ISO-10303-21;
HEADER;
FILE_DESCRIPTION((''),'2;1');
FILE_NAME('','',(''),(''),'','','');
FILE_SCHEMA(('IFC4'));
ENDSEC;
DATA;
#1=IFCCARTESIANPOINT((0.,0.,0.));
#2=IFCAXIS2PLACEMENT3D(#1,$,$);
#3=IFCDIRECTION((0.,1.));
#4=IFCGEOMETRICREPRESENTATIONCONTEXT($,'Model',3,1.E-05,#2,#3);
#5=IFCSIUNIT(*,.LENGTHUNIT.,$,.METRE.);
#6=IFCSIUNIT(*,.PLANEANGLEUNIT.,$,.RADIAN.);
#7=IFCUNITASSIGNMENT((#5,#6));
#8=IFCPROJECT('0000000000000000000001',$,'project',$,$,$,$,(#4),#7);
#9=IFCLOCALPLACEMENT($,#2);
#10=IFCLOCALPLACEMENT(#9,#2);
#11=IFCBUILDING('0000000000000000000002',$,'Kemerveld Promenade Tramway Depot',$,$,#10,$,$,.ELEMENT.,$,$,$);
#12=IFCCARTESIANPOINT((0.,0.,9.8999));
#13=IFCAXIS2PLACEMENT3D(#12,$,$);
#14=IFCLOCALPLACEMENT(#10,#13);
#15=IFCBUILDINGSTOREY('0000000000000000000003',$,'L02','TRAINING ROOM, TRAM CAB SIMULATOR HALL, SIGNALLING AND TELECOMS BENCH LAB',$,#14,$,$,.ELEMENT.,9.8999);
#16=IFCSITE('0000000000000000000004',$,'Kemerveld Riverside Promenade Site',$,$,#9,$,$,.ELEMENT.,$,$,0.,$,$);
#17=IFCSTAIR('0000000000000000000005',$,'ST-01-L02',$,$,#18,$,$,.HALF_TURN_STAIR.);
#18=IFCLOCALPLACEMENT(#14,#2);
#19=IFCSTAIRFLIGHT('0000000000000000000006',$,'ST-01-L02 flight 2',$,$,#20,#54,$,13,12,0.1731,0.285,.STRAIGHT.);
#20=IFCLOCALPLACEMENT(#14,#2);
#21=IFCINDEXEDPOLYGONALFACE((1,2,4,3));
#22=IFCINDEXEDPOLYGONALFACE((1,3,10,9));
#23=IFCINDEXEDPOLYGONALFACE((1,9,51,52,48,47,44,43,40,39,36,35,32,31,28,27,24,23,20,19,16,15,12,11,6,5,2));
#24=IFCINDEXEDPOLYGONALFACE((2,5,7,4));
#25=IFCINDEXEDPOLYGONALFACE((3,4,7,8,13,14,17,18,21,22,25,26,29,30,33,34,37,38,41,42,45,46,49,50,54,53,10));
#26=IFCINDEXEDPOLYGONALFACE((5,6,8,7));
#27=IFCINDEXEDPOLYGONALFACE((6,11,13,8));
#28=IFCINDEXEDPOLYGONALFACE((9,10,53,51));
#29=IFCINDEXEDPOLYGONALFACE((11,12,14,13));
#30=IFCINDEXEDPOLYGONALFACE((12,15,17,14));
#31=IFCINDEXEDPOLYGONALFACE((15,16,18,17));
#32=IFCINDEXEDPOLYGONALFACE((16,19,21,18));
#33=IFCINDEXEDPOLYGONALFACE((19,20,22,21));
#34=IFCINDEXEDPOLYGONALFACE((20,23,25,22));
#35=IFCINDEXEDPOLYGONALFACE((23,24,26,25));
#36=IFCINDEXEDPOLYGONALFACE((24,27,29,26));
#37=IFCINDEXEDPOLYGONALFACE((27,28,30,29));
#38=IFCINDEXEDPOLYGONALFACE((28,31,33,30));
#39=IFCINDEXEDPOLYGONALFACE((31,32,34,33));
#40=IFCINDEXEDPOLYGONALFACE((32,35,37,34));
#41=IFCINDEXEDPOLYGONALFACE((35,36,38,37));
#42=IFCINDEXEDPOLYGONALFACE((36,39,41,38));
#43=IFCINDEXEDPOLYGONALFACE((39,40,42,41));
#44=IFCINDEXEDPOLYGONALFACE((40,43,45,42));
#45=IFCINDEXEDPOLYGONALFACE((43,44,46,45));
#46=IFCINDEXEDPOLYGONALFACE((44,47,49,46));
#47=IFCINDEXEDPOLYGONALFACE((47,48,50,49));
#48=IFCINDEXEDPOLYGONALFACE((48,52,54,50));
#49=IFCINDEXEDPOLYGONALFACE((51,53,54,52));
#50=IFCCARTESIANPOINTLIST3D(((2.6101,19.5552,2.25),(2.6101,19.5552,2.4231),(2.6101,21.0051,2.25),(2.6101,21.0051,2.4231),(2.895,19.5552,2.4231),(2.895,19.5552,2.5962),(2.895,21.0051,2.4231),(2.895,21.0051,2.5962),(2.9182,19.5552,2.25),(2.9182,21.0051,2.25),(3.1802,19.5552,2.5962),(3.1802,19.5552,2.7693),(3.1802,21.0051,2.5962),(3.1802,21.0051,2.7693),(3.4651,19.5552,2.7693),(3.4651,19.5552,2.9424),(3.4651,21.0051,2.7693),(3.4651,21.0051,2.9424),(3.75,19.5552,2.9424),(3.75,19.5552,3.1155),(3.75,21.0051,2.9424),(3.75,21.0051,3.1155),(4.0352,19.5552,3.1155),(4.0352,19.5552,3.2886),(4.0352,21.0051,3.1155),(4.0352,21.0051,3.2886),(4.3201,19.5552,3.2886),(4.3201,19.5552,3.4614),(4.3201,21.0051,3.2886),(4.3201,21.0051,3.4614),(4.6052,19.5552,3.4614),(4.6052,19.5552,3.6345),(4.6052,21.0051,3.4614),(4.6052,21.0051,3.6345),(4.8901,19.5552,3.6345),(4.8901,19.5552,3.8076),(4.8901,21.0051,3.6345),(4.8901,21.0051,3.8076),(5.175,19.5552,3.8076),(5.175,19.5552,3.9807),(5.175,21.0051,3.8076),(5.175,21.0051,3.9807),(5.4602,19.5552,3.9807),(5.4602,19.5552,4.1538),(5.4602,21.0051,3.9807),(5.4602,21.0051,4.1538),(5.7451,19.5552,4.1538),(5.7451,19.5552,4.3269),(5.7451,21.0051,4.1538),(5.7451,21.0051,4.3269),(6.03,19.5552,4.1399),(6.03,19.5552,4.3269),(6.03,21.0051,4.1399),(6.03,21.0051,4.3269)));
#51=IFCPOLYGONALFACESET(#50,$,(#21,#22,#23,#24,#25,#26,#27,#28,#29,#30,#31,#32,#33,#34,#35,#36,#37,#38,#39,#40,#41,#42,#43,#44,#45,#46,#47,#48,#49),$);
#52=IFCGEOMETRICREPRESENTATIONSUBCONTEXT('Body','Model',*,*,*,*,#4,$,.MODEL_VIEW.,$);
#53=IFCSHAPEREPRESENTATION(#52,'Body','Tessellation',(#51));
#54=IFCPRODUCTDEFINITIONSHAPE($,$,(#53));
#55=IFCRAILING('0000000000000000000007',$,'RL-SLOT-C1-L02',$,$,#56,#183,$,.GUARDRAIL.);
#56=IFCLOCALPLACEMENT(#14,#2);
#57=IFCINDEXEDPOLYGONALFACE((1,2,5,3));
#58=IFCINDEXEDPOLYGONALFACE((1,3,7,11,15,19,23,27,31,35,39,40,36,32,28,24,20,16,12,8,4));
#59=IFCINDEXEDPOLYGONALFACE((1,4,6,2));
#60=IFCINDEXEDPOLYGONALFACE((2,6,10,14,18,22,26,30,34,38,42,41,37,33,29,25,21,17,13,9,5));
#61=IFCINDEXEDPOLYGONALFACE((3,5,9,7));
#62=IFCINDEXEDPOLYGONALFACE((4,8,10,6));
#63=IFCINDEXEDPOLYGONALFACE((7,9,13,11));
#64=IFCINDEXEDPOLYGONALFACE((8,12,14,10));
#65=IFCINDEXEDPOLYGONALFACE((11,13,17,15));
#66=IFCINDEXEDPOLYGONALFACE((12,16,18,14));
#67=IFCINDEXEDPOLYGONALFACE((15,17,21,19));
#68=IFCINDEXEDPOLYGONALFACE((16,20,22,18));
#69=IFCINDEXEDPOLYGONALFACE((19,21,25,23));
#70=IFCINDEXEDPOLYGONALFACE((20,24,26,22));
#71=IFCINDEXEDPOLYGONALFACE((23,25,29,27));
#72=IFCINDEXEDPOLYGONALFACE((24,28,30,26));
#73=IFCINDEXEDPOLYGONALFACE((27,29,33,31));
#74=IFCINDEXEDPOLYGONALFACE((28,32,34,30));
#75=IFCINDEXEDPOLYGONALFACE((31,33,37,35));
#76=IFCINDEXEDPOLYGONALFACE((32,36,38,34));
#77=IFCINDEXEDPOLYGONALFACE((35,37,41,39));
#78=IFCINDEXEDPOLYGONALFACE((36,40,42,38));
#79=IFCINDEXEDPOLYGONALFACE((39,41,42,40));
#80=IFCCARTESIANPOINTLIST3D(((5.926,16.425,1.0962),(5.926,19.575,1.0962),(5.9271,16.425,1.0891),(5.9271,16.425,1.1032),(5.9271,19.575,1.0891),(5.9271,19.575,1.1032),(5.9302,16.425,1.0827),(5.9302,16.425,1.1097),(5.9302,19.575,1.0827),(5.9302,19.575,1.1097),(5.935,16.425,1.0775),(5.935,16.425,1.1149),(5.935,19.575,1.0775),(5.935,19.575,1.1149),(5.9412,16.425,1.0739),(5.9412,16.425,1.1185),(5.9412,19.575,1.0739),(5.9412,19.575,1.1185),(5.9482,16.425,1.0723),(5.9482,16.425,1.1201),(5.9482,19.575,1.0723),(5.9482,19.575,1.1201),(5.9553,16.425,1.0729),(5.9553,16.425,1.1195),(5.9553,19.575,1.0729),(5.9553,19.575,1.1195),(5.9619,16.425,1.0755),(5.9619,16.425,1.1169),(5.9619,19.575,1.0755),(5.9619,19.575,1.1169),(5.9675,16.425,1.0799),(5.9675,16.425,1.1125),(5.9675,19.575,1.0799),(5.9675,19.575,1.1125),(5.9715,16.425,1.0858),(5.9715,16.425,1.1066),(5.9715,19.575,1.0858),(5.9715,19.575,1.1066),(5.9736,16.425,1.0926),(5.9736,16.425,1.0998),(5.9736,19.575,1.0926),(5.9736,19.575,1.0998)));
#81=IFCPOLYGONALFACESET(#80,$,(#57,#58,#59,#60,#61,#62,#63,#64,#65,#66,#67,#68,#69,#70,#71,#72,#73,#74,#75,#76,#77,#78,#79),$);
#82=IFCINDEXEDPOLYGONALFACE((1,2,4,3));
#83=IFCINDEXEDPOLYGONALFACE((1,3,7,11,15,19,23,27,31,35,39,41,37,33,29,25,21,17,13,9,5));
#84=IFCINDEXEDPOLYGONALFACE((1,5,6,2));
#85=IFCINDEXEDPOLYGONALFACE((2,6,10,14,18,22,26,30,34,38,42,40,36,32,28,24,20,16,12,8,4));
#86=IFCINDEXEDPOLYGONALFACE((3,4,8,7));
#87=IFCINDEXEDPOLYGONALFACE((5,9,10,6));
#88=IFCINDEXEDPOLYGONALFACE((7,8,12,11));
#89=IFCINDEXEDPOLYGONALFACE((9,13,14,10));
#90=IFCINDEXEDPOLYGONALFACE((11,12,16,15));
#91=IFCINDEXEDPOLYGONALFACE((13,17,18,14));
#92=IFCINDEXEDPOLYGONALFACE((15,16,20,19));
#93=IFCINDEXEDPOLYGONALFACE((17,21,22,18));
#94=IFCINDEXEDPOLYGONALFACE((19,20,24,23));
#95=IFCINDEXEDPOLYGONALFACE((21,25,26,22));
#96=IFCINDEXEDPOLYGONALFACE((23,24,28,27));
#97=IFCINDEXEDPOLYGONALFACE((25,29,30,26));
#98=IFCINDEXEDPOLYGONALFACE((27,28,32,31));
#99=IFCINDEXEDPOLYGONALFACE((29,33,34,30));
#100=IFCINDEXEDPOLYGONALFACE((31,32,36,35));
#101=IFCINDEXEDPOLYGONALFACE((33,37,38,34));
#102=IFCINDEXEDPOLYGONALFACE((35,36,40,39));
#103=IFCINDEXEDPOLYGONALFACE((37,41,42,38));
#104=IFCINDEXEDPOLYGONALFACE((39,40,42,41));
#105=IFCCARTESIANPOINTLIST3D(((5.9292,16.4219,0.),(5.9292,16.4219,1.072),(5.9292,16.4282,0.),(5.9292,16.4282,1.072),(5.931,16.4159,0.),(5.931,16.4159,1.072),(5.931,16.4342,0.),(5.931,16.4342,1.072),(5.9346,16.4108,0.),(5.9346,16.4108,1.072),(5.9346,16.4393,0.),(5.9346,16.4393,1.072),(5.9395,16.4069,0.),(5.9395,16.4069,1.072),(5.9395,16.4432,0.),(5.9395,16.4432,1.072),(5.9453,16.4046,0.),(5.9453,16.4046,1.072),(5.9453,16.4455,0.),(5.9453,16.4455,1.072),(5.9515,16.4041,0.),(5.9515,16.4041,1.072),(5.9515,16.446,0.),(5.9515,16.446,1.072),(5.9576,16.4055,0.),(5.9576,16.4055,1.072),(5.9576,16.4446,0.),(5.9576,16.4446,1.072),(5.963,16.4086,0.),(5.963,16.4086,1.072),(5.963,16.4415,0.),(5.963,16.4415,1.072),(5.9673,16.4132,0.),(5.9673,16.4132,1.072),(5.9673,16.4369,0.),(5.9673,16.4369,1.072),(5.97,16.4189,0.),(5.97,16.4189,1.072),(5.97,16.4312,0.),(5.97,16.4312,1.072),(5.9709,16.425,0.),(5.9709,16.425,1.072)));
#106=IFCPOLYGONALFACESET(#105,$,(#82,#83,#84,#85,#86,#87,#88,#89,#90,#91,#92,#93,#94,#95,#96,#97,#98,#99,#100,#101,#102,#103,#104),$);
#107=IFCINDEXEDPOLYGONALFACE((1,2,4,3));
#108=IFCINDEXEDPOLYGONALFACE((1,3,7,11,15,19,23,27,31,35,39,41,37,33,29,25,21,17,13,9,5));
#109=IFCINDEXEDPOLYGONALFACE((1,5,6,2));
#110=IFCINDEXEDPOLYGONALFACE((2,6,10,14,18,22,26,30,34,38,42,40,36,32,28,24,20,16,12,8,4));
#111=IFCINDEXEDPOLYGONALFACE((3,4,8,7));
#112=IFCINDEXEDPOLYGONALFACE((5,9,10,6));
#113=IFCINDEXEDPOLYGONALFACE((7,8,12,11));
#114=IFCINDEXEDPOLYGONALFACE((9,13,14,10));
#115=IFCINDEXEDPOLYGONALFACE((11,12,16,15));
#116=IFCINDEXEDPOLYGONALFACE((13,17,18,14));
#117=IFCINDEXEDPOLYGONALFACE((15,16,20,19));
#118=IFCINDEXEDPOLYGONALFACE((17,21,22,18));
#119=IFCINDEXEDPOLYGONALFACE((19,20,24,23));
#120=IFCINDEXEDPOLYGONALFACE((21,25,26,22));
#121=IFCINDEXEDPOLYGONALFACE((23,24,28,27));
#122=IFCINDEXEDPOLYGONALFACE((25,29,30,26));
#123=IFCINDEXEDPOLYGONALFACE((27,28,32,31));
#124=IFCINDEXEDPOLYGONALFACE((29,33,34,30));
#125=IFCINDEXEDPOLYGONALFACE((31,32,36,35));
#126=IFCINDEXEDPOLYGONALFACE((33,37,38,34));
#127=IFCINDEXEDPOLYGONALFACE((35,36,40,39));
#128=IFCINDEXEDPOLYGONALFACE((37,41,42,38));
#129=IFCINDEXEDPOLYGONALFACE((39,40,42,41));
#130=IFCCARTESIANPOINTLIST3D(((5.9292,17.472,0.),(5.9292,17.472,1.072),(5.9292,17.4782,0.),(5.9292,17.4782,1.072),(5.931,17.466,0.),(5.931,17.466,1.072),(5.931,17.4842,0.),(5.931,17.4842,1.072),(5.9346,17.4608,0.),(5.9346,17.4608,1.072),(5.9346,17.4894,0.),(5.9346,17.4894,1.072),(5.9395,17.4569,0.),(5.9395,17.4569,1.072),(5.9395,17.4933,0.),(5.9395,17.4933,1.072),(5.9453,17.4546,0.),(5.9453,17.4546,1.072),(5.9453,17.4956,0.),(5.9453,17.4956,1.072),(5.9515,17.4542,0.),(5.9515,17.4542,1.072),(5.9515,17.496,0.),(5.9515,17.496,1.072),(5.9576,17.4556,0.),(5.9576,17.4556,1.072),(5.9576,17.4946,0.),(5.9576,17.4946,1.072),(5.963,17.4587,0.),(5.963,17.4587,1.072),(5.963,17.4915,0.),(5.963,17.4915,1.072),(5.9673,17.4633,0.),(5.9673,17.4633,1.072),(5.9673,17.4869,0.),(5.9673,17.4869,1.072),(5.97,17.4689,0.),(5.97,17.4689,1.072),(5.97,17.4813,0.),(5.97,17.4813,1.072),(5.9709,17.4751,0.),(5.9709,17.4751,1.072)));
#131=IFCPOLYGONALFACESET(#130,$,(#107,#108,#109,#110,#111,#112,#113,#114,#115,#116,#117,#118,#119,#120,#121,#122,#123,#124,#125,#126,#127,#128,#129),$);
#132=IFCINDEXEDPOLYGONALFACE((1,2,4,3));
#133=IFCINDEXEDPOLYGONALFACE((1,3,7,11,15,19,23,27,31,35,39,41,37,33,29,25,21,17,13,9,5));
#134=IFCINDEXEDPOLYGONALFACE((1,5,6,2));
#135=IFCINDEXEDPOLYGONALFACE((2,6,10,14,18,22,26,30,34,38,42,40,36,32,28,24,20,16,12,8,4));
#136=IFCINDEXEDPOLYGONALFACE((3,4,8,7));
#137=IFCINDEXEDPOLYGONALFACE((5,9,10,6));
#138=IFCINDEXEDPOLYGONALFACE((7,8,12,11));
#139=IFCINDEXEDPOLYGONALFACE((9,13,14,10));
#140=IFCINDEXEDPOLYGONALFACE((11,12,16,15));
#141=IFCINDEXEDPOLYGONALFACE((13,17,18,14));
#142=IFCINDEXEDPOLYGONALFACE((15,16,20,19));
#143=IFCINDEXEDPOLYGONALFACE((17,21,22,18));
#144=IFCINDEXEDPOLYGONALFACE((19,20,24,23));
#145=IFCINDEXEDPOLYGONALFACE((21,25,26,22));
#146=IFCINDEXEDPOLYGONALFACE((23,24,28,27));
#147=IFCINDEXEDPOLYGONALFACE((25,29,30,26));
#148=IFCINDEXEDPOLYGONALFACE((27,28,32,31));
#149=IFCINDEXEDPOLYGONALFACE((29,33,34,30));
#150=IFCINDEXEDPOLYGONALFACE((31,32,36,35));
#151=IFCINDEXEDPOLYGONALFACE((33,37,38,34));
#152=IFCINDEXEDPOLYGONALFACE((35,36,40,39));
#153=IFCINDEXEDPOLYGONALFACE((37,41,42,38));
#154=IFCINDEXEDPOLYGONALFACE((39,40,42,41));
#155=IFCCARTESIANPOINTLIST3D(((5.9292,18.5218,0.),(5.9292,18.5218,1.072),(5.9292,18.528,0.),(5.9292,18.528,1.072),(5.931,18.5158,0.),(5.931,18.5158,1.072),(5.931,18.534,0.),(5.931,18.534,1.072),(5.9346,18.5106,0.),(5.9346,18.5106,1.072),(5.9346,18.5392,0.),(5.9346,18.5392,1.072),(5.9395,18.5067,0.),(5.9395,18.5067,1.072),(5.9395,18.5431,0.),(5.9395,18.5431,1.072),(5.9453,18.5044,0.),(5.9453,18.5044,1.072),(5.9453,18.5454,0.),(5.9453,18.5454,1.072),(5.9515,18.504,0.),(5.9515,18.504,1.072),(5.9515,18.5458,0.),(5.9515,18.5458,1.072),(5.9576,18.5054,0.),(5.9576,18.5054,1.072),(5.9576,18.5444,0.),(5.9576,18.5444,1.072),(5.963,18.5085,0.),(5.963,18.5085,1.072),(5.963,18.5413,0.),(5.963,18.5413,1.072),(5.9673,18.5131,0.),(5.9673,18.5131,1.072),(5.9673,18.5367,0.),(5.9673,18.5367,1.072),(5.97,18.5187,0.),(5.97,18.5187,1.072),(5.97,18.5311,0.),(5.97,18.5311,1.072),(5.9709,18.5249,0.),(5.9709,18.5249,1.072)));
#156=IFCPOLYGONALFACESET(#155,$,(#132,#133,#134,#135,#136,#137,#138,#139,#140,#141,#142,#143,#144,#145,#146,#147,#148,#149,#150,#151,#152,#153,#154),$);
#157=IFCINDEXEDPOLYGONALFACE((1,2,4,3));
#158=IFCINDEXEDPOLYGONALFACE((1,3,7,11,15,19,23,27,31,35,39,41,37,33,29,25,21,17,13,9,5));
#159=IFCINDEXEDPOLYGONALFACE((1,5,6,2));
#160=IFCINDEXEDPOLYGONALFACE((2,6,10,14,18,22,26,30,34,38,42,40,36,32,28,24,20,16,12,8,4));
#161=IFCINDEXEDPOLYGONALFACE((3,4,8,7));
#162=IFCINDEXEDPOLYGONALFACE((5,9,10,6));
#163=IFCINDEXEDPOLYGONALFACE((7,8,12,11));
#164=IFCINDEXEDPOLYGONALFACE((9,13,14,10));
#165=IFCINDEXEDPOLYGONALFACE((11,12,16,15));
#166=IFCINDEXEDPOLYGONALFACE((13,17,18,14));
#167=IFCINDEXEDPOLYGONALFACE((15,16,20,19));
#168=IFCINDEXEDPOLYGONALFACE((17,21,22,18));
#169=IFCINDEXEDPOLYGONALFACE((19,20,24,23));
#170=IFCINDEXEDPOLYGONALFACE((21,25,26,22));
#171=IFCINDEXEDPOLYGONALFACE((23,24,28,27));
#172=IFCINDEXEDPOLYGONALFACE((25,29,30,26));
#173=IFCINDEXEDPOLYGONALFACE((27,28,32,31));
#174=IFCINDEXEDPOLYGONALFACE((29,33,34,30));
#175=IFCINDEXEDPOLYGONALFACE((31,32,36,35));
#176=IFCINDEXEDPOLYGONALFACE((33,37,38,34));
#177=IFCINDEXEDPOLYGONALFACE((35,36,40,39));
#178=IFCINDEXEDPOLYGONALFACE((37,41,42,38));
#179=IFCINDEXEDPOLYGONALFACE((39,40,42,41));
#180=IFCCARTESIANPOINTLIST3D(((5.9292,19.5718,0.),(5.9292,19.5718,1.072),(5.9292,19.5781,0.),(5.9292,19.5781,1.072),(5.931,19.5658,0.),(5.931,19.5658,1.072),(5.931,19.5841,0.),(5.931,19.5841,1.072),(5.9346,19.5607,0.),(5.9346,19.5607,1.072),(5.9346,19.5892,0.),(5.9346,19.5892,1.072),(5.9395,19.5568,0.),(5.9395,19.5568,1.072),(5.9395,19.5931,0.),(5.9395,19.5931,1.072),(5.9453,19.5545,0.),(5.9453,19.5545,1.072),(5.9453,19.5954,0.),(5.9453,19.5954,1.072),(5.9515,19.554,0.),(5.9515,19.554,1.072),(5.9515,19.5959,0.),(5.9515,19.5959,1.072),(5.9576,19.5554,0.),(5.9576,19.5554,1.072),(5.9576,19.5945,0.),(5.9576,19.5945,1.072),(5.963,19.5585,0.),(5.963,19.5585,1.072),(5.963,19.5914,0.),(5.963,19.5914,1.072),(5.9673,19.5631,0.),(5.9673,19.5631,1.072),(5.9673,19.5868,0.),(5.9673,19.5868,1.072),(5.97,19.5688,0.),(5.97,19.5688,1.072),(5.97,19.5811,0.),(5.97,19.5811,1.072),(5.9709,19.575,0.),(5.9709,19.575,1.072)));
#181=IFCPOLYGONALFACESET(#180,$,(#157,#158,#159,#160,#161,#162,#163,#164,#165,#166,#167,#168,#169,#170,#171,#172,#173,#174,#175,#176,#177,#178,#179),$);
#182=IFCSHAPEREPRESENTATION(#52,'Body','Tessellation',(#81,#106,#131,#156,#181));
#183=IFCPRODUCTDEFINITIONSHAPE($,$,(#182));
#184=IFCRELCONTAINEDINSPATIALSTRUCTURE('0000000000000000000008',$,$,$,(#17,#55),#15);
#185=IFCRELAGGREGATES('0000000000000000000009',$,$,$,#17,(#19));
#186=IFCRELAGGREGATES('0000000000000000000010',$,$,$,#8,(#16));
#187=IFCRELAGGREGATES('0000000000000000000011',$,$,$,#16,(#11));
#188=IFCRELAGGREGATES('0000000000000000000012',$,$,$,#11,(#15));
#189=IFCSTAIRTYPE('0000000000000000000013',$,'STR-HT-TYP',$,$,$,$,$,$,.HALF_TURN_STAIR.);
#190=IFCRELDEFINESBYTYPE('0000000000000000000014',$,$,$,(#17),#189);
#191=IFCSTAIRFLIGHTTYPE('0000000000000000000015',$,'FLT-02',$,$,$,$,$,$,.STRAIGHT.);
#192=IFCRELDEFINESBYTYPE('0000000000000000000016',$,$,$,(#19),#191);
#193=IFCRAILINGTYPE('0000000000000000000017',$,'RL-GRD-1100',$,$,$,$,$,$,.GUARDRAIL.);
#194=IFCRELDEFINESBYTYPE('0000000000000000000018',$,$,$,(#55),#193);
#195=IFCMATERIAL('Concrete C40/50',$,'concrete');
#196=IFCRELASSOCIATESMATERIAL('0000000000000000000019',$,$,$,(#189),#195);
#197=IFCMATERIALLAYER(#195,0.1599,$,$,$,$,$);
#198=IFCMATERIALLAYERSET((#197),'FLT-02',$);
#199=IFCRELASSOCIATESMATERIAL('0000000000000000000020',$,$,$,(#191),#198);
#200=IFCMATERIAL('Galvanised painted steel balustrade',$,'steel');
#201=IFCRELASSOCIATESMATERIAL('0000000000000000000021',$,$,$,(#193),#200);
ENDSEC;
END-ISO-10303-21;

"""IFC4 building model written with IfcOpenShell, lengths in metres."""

from ifc_helpers import new_model, si_unit, direction, frame, origin, origin_2d, place, context, subcontext, project, spatial, polyline, circle, outline, extrude, material, layer, layer_set, type_object, element, aggregate, save


model = new_model("IFC4")

# Units and contexts
model_context = context("Model", 3, precision=1e-05, world=origin(), true_north=direction((0.0, 1.0)))
body_context = subcontext(model_context, "Body", "Model", "MODEL_VIEW")
ifc_project = project(units=[si_unit("LENGTHUNIT", "METRE"), si_unit("PLANEANGLEUNIT", "RADIAN")], contexts=[model_context])

# Site, building, storey
site_placement = place(None, origin())
site = spatial("IfcSite", under=ifc_project, at=site_placement, Name="Kemerveld Riverside Promenade Site", CompositionType="ELEMENT", RefElevation=0.0)
building_placement = place(site_placement, origin())
building = spatial("IfcBuilding", under=site, at=building_placement, Name="Kemerveld Promenade Tramway Depot", CompositionType="ELEMENT")
storey_placement = place(building_placement, frame((0.0, 0.0, 9.8999)))
storey = spatial("IfcBuildingStorey", under=building, at=storey_placement, Name="L02", Description="TRAINING ROOM, TRAM CAB SIMULATOR HALL, SIGNALLING AND TELECOMS BENCH LAB", CompositionType="ELEMENT", Elevation=9.8999)

# Shared definitions
ifc_material_1 = material(Name="Concrete C40/50", Category="concrete")

# Stair, stair flight
stair_type = type_object("IfcStairType", Name="STR-HT-TYP", PredefinedType="HALF_TURN_STAIR", material=ifc_material_1)
stair_placement = place(storey_placement, origin())
stair = element("IfcStair", 1, at=stair_placement, inside=storey, type_object=stair_type, Name="ST-01-L02", PredefinedType="HALF_TURN_STAIR")
ifc_layer_1 = layer(ifc_material_1, 0.1599)
ifc_layer_set_1 = layer_set([ifc_layer_1], Name="FLT-02")
stair_flight_type = type_object("IfcStairFlightType", Name="FLT-02", PredefinedType="STRAIGHT", material=ifc_layer_set_1)
stair_flight_placement = place(storey_placement, frame((2.6101, 20.28, 2.25), z_axis=(0.0, 0.0, 1.0), x_axis=(1.0, 0.0, 0.0)))
stair_flight = element("IfcStairFlight", 2, at=stair_flight_placement, type_object=stair_flight_type, Name="ST-01-L02 flight 2", NumberOfRisers=13, NumberOfTreads=12, PredefinedType="STRAIGHT", RiserHeight=0.1731, TreadLength=0.285, context=body_context, shape_type="SweptSolid", body=[
    extrude(outline(polyline([(0.0, 0.0), (0.0, 0.1731), (0.2849, 0.1731), (0.2849, 0.3462), (0.5701, 0.3462), (0.5701, 0.5193), (0.855, 0.5193), (0.855, 0.6924), (1.1399, 0.6924), (1.1399, 0.8655), (1.425, 0.8655), (1.425, 1.0386), (1.71, 1.0386), (1.71, 1.2114), (1.9951, 1.2114), (1.9951, 1.3845), (2.28, 1.3845), (2.28, 1.5576), (2.5649, 1.5576), (2.5649, 1.7307), (2.8501, 1.7307), (2.8501, 1.9038), (3.135, 1.9038), (3.135, 2.0769), (3.4199, 2.0769), (3.4199, 2.25), (3.4199, 1.8899), (0.3081, 0.0), (0.0, 0.0)])), frame((0.0, 0.7251, 0.0), z_axis=(0.0, -1.0, 0.0), x_axis=(1.0, 0.0, 0.0)), (0.0, 0.0, 1.0), 1.45),
])
aggregate(stair, [stair_flight])

# Railing
ifc_material_2 = material(Name="Galvanised painted steel balustrade", Category="steel")
railing_type = type_object("IfcRailingType", Name="RL-GRD-1100", PredefinedType="GUARDRAIL", material=ifc_material_2)
railing_placement = place(storey_placement, frame((5.95, 16.425, 0.0)))
element("IfcRailing", 3, at=railing_placement, inside=storey, type_object=railing_type, Name="RL-SLOT-C1-L02", PredefinedType="GUARDRAIL", context=body_context, shape_type="SweptSolid", body=[
    extrude(circle(Radius=0.0239, at=origin_2d()), frame((0.0, 0.0, 1.0962), z_axis=(0.0, 1.0, 0.0), x_axis=(-1.0, 0.0, 0.0)), (0.0, 0.0, 1.0), 3.1499),
    extrude(circle(Radius=0.021, at=origin_2d()), origin(), (0.0, 0.0, 1.0), 1.072),
    extrude(circle(Radius=0.021, at=origin_2d()), frame((0.0, 1.05, 0.0)), (0.0, 0.0, 1.0), 1.072),
    extrude(circle(Radius=0.021, at=origin_2d()), frame((0.0, 2.0999, 0.0)), (0.0, 0.0, 1.0), 1.072),
    extrude(circle(Radius=0.021, at=origin_2d()), frame((0.0, 3.1499, 0.0)), (0.0, 0.0, 1.0), 1.072),
])

save(model, "model.ifc")
